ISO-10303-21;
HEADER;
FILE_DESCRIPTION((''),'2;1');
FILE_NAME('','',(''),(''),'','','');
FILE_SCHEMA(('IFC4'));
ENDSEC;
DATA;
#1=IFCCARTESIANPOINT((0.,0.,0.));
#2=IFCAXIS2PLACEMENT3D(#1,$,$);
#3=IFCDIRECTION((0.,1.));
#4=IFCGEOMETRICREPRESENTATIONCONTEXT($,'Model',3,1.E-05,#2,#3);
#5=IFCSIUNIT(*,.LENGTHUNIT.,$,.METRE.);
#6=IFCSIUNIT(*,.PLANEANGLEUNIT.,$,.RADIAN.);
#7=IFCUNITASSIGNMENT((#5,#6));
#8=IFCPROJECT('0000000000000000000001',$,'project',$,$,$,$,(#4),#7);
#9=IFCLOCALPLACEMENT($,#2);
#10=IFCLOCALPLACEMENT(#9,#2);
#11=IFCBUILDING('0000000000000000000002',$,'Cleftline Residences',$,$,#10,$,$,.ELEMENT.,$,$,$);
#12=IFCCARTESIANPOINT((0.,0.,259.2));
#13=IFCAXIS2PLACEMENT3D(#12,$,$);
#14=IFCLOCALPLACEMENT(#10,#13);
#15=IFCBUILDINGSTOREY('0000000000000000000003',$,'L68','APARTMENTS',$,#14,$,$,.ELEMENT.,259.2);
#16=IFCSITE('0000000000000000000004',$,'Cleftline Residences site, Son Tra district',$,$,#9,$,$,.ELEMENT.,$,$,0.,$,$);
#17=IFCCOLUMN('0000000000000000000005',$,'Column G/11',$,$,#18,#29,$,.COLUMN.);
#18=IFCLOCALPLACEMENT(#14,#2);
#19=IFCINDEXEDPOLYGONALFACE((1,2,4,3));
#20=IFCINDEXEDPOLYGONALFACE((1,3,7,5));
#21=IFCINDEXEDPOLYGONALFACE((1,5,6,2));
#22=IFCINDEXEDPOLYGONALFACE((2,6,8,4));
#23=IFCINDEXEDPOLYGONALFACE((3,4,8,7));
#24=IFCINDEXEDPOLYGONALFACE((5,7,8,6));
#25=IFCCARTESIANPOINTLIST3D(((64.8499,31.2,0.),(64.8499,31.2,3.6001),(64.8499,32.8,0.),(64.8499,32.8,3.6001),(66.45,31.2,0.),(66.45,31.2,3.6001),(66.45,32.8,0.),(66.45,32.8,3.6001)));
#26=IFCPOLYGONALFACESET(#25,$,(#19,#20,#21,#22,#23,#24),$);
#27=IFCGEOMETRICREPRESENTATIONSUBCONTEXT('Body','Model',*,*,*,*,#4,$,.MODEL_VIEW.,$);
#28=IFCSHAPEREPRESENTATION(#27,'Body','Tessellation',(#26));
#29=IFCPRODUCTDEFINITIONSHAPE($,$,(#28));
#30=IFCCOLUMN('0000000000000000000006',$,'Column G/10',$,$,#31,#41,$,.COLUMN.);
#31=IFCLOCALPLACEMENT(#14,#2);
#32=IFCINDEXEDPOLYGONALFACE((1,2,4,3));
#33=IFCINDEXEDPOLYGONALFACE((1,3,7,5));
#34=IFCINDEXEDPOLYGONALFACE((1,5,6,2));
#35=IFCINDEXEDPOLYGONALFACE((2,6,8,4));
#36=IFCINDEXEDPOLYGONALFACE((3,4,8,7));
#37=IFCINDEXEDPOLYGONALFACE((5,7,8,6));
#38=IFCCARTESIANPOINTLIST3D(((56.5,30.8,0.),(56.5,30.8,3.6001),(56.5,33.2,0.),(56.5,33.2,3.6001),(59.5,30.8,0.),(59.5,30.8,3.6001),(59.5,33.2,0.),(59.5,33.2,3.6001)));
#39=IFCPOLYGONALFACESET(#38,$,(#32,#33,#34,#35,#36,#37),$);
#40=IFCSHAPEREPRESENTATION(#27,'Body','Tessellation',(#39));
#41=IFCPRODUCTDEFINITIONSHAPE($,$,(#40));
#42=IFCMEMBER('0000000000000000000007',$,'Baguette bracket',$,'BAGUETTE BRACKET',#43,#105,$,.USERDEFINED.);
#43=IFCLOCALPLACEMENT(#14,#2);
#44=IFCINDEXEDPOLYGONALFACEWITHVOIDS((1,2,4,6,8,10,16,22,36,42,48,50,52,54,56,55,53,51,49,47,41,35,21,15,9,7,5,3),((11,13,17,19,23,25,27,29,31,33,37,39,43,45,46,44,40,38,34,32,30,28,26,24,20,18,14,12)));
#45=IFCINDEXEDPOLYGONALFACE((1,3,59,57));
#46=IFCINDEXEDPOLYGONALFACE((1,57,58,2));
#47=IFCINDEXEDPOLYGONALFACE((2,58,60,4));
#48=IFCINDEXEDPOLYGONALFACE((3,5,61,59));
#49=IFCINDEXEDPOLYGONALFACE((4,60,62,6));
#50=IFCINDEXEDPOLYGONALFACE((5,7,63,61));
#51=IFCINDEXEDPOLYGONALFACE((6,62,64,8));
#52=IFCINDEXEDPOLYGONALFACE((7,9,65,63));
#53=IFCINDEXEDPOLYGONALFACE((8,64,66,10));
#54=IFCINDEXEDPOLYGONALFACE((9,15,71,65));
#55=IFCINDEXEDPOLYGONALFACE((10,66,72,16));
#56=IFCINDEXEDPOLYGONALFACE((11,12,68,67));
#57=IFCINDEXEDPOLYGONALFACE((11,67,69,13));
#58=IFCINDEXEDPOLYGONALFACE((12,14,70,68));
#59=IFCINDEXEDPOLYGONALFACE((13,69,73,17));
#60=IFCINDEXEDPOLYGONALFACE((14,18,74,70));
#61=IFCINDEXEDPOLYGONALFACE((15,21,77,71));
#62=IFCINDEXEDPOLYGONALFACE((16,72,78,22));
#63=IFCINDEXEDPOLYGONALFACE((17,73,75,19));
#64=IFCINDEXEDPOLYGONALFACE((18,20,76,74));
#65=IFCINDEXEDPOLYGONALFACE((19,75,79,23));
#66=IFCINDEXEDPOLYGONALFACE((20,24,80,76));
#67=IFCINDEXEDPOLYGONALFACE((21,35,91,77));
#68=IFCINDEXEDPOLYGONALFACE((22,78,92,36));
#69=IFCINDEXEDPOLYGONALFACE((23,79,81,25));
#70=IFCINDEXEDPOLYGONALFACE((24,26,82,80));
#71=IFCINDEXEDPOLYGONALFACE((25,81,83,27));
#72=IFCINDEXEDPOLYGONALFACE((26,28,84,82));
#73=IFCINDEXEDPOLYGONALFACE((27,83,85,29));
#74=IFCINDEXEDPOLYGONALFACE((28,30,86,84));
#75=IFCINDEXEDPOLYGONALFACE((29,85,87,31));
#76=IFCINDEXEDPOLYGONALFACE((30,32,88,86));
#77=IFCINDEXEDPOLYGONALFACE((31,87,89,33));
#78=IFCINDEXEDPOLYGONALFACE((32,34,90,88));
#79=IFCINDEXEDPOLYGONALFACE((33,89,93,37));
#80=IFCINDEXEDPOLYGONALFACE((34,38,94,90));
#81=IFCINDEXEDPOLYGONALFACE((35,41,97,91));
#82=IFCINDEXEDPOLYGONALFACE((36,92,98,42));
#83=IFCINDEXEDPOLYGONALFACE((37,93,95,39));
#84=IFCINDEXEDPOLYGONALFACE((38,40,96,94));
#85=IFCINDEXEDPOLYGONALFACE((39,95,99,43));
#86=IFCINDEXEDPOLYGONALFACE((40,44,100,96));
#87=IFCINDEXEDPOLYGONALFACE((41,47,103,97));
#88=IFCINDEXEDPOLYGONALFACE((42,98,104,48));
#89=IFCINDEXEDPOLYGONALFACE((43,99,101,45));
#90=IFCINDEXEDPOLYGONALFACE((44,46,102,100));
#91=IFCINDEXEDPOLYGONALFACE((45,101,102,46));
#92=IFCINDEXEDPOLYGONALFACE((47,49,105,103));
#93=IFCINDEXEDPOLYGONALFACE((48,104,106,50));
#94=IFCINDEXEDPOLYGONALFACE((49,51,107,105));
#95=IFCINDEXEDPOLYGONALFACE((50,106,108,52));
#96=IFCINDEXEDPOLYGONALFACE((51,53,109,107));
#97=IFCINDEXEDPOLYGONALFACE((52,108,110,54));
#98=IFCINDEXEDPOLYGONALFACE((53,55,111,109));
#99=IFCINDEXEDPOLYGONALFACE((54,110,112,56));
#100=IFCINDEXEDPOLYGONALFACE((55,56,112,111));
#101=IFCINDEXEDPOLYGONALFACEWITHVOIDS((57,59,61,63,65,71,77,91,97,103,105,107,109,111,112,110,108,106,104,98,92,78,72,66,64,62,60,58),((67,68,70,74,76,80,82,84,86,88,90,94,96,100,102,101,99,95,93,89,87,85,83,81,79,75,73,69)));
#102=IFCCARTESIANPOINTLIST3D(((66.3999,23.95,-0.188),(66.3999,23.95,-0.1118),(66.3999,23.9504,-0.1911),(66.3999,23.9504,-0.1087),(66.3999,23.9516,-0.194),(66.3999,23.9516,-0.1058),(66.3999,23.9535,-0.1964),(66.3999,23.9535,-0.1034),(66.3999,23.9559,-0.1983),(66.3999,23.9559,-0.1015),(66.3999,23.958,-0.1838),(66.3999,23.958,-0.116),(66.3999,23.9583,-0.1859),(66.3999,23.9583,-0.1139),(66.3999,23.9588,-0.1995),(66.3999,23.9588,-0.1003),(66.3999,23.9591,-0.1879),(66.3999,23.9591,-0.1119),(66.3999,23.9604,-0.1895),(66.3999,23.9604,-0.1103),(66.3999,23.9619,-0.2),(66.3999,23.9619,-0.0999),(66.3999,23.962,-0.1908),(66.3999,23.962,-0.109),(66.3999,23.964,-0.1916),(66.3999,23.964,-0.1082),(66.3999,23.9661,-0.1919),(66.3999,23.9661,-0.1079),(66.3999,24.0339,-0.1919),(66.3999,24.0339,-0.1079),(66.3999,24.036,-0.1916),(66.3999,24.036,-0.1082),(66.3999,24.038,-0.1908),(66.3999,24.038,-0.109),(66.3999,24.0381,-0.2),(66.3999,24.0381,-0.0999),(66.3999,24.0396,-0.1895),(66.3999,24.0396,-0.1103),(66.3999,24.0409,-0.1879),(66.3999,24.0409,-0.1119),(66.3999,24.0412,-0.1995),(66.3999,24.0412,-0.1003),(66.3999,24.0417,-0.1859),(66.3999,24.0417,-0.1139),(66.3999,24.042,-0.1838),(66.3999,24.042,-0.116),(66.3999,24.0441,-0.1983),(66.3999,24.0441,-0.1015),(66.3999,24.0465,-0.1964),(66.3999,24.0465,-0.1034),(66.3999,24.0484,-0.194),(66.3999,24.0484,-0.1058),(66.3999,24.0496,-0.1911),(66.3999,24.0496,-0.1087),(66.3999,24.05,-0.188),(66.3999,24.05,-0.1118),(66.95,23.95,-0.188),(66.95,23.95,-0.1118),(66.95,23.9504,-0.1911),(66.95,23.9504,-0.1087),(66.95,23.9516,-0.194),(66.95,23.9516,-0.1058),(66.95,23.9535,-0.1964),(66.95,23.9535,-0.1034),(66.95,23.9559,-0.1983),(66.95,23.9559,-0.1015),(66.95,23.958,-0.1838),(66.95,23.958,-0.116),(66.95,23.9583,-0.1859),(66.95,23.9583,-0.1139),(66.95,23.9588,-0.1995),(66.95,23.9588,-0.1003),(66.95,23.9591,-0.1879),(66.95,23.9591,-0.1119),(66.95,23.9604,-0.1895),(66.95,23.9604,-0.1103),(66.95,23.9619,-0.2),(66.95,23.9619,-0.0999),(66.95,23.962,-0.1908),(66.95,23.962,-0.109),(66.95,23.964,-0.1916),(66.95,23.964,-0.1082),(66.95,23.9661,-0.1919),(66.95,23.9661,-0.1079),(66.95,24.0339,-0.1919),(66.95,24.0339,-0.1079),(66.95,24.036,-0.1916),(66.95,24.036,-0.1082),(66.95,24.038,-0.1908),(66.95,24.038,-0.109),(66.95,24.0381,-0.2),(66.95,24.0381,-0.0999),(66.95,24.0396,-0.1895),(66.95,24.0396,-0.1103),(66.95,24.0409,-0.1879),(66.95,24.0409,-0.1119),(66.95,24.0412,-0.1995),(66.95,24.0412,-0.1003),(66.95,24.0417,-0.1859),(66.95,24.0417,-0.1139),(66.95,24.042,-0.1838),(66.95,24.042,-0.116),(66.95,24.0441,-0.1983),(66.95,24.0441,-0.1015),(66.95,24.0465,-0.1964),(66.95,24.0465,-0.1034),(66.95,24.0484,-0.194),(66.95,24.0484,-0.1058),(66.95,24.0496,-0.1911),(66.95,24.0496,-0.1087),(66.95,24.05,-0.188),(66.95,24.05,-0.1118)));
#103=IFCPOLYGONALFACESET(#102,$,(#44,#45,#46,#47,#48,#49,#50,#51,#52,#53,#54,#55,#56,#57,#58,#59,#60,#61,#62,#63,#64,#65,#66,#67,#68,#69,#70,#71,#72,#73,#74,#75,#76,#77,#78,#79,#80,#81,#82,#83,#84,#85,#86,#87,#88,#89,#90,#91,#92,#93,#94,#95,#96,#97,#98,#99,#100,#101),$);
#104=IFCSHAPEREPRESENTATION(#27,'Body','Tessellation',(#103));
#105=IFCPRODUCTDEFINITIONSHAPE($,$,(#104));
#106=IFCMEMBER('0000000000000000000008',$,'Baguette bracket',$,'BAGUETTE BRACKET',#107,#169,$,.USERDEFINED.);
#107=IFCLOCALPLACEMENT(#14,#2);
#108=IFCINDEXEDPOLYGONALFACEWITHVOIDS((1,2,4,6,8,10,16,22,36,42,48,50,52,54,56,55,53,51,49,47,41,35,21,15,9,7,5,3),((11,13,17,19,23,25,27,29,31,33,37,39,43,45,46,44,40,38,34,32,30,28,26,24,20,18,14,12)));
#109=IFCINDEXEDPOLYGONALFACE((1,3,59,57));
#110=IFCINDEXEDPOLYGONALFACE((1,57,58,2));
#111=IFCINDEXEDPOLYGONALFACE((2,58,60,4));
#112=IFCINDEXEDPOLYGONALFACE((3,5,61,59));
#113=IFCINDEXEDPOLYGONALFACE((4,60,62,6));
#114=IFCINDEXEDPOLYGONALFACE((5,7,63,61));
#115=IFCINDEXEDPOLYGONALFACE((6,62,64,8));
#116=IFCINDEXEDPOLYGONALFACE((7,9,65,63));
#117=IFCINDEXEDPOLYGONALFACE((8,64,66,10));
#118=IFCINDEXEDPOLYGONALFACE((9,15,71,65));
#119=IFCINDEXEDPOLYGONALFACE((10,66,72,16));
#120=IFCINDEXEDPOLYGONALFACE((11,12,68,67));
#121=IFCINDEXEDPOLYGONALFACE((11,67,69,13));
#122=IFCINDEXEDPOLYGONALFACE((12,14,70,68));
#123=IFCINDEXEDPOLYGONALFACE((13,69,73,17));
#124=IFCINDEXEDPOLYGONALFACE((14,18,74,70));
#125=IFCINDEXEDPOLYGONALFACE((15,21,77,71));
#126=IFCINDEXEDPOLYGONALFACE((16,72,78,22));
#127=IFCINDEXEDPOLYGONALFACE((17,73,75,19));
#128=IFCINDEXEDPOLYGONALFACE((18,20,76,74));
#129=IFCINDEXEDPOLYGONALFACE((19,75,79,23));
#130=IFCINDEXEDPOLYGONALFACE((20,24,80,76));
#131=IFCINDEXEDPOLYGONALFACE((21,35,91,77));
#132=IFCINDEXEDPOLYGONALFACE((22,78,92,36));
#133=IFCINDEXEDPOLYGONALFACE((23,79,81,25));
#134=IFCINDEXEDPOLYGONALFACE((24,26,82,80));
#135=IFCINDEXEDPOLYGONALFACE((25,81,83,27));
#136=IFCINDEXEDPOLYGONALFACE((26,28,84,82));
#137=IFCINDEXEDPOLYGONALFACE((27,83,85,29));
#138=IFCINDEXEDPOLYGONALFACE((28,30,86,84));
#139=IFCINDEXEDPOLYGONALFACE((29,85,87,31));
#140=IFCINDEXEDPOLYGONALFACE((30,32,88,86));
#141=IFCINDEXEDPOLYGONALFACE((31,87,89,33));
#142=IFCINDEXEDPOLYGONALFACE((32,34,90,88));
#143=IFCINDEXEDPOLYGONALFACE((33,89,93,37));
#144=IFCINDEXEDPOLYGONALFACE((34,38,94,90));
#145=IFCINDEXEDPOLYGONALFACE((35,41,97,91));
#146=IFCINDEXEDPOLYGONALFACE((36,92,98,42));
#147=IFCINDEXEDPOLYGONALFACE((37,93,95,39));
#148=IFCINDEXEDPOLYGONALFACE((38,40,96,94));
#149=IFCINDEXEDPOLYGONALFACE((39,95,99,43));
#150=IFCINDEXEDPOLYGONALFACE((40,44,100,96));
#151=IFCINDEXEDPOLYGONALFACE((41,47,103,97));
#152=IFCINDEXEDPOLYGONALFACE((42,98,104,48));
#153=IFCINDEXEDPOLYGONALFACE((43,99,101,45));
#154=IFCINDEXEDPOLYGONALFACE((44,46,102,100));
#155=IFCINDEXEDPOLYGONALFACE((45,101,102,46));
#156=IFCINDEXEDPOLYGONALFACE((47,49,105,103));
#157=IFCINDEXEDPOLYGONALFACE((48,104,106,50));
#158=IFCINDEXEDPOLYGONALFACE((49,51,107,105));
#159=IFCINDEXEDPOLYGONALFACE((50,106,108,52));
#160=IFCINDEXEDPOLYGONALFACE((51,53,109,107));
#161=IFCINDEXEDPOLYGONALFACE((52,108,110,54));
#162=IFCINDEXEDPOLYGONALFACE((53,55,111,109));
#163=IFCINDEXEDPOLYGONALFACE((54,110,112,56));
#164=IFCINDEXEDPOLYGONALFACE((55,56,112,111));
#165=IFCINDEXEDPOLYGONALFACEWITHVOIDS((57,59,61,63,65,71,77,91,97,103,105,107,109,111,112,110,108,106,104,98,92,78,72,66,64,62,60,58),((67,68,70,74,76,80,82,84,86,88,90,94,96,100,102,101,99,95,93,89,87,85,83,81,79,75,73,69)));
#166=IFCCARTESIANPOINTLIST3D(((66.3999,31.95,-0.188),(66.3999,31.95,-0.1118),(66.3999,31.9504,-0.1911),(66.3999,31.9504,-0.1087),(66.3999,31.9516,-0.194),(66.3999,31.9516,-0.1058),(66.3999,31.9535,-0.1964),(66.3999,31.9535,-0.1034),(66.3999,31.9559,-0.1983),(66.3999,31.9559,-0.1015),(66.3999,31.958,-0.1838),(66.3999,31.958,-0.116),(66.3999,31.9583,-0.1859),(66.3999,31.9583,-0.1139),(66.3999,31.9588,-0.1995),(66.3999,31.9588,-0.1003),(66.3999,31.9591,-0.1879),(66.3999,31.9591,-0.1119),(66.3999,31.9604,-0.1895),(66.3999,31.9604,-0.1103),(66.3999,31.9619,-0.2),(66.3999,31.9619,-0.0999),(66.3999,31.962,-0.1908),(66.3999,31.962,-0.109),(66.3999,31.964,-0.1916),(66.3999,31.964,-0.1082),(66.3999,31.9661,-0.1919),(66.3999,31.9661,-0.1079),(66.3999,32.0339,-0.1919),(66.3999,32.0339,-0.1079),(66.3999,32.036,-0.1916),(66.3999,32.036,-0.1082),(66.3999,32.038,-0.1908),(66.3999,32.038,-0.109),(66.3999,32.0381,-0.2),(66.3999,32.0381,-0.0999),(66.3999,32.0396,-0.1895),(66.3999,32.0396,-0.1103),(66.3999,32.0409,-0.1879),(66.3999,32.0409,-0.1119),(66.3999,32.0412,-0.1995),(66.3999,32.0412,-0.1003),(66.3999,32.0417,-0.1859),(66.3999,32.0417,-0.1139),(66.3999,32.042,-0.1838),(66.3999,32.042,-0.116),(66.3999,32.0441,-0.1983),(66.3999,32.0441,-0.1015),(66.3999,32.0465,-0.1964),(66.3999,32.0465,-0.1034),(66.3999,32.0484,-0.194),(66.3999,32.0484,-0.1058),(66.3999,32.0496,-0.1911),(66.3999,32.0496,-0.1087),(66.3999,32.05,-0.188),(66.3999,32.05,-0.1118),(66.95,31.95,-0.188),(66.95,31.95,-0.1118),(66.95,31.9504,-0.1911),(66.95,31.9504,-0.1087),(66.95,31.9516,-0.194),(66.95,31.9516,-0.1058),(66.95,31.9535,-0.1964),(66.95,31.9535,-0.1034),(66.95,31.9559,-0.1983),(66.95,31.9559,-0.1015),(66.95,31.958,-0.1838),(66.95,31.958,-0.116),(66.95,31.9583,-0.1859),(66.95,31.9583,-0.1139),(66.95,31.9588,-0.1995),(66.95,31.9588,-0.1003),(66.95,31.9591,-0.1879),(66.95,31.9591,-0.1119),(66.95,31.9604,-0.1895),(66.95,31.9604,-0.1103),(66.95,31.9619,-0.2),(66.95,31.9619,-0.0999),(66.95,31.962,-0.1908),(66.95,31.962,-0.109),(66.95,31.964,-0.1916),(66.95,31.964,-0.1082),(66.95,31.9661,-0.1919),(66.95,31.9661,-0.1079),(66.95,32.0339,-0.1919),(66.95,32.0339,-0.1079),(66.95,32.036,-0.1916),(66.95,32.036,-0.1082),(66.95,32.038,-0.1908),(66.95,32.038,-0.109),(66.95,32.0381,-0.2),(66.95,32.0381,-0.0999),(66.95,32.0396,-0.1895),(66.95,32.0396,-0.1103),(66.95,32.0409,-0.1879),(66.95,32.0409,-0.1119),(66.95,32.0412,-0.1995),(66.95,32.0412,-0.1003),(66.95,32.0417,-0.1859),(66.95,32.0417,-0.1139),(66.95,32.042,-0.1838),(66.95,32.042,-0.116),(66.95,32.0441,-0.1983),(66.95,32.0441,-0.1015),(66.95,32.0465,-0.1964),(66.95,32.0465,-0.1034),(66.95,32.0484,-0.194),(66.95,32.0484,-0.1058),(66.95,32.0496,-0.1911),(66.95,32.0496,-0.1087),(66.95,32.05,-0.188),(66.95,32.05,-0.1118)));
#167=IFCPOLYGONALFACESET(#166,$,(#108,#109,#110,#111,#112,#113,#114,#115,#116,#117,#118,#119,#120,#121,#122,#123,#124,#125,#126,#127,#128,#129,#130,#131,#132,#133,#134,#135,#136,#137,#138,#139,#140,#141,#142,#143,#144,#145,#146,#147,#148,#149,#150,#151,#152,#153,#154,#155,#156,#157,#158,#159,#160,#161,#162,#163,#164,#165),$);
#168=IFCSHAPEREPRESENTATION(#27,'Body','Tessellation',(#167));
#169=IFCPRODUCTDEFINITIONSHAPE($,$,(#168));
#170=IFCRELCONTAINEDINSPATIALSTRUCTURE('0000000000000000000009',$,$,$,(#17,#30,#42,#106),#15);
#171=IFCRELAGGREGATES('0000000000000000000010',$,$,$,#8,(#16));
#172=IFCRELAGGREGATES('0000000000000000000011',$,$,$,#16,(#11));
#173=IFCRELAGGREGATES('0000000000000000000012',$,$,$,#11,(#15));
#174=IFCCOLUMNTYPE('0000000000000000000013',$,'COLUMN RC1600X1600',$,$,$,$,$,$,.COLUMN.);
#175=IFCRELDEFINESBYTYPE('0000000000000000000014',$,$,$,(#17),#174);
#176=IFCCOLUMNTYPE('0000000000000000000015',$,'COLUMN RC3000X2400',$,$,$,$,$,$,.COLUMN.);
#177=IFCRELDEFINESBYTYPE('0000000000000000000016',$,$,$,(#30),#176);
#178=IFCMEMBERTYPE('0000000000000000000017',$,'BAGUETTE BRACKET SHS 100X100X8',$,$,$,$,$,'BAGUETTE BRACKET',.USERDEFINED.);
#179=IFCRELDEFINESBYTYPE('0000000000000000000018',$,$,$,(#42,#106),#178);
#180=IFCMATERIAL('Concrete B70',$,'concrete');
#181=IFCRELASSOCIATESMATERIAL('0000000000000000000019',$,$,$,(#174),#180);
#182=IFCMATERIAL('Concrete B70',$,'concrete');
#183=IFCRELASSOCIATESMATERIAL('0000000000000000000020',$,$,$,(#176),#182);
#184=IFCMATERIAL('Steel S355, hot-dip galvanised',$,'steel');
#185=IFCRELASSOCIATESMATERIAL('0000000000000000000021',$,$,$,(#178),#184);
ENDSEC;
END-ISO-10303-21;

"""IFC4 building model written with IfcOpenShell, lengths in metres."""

from ifc_helpers import new_model, si_unit, direction, frame, origin, origin_2d, place, context, subcontext, project, spatial, rectangle, hollow_rectangle, extrude, material, material_profile, profile_set, type_object, element, save


model = new_model("IFC4")

# Units and contexts
model_context = context("Model", 3, precision=1e-05, world=origin(), true_north=direction((0.0, 1.0)))
body_context = subcontext(model_context, "Body", "Model", "MODEL_VIEW")
ifc_project = project(units=[si_unit("LENGTHUNIT", "METRE"), si_unit("PLANEANGLEUNIT", "RADIAN")], contexts=[model_context])

# Site, building, storey
site_placement = place(None, origin())
site = spatial("IfcSite", under=ifc_project, at=site_placement, Name="Cleftline Residences site, Son Tra district", CompositionType="ELEMENT", RefElevation=0.0)
building_placement = place(site_placement, origin())
building = spatial("IfcBuilding", under=site, at=building_placement, Name="Cleftline Residences", CompositionType="ELEMENT")
storey_placement = place(building_placement, frame((0.0, 0.0, 259.2)))
storey = spatial("IfcBuildingStorey", under=building, at=storey_placement, Name="L68", Description="APARTMENTS", CompositionType="ELEMENT", Elevation=259.2)

# Columns
ifc_material_1 = material(Name="Concrete B70", Category="concrete")
ifc_material_profile_1 = material_profile(ifc_material_1, rectangle(XDim=1.6001, YDim=1.6001, at=origin_2d()))
ifc_profile_set_1 = profile_set([ifc_material_profile_1], Name="Concrete B70")
column_type_1 = type_object("IfcColumnType", Name="COLUMN RC1600X1600", PredefinedType="COLUMN", material=ifc_profile_set_1)
column_1_placement = place(storey_placement, frame((65.6499, 32.0, 0.0), z_axis=(0.0, 0.0, 1.0), x_axis=(1.0, 0.0, 0.0)))
element("IfcColumn", 1, at=column_1_placement, inside=storey, type_object=column_type_1, Name="Column G/11", PredefinedType="COLUMN", context=body_context, shape_type="SweptSolid", body=[
    extrude(rectangle(XDim=1.6001, YDim=1.6001, at=origin_2d()), origin(), (0.0, 0.0, 1.0), 3.6001),
])
ifc_material_2 = material(Name="Concrete B70", Category="concrete")
ifc_material_profile_2 = material_profile(ifc_material_2, rectangle(XDim=3.0, YDim=2.3999, at=origin_2d()))
ifc_profile_set_2 = profile_set([ifc_material_profile_2], Name="Concrete B70")
column_type_2 = type_object("IfcColumnType", Name="COLUMN RC3000X2400", PredefinedType="COLUMN", material=ifc_profile_set_2)
column_2_placement = place(storey_placement, frame((58.0, 32.0, 0.0), z_axis=(0.0, 0.0, 1.0), x_axis=(1.0, 0.0, 0.0)))
element("IfcColumn", 2, at=column_2_placement, inside=storey, type_object=column_type_2, Name="Column G/10", PredefinedType="COLUMN", context=body_context, shape_type="SweptSolid", body=[
    extrude(rectangle(XDim=3.0, YDim=2.3999, at=origin_2d()), origin(), (0.0, 0.0, 1.0), 3.6001),
])

# Members
ifc_material_3 = material(Name="Steel S355, hot-dip galvanised", Category="steel")
ifc_material_profile_3 = material_profile(ifc_material_3, hollow_rectangle(XDim=0.1001, YDim=0.1001, WallThickness=0.0081, InnerFilletRadius=0.0081, OuterFilletRadius=0.012, at=origin_2d()))
ifc_profile_set_3 = profile_set([ifc_material_profile_3], Name="Steel S355, hot-dip galvanised")
member_type_1 = type_object("IfcMemberType", Name="BAGUETTE BRACKET SHS 100X100X8", ElementType="BAGUETTE BRACKET", PredefinedType="USERDEFINED", material=ifc_profile_set_3)
for number, where, z_axis, x_axis, name in (
    (3, (66.3999, 24.0, -0.1499), (1.0, 0.0, 0.0), (0.0, 1.0, 0.0), "Baguette bracket"),
    (4, (66.3999, 32.0, -0.1499), (1.0, 0.0, 0.0), (0.0, 1.0, 0.0), "Baguette bracket"),
):
    element("IfcMember", number, at=place(storey_placement, frame(where, z_axis=z_axis, x_axis=x_axis)), inside=storey, type_object=member_type_1, Name=name, ObjectType="BAGUETTE BRACKET", PredefinedType="USERDEFINED", context=body_context, shape_type="SweptSolid", body=[
        extrude(hollow_rectangle(XDim=0.1001, YDim=0.1001, WallThickness=0.0081, InnerFilletRadius=0.0081, OuterFilletRadius=0.012, at=origin_2d()), origin(), (0.0, 0.0, 1.0), 0.55),
    ])

save(model, "model.ifc")
